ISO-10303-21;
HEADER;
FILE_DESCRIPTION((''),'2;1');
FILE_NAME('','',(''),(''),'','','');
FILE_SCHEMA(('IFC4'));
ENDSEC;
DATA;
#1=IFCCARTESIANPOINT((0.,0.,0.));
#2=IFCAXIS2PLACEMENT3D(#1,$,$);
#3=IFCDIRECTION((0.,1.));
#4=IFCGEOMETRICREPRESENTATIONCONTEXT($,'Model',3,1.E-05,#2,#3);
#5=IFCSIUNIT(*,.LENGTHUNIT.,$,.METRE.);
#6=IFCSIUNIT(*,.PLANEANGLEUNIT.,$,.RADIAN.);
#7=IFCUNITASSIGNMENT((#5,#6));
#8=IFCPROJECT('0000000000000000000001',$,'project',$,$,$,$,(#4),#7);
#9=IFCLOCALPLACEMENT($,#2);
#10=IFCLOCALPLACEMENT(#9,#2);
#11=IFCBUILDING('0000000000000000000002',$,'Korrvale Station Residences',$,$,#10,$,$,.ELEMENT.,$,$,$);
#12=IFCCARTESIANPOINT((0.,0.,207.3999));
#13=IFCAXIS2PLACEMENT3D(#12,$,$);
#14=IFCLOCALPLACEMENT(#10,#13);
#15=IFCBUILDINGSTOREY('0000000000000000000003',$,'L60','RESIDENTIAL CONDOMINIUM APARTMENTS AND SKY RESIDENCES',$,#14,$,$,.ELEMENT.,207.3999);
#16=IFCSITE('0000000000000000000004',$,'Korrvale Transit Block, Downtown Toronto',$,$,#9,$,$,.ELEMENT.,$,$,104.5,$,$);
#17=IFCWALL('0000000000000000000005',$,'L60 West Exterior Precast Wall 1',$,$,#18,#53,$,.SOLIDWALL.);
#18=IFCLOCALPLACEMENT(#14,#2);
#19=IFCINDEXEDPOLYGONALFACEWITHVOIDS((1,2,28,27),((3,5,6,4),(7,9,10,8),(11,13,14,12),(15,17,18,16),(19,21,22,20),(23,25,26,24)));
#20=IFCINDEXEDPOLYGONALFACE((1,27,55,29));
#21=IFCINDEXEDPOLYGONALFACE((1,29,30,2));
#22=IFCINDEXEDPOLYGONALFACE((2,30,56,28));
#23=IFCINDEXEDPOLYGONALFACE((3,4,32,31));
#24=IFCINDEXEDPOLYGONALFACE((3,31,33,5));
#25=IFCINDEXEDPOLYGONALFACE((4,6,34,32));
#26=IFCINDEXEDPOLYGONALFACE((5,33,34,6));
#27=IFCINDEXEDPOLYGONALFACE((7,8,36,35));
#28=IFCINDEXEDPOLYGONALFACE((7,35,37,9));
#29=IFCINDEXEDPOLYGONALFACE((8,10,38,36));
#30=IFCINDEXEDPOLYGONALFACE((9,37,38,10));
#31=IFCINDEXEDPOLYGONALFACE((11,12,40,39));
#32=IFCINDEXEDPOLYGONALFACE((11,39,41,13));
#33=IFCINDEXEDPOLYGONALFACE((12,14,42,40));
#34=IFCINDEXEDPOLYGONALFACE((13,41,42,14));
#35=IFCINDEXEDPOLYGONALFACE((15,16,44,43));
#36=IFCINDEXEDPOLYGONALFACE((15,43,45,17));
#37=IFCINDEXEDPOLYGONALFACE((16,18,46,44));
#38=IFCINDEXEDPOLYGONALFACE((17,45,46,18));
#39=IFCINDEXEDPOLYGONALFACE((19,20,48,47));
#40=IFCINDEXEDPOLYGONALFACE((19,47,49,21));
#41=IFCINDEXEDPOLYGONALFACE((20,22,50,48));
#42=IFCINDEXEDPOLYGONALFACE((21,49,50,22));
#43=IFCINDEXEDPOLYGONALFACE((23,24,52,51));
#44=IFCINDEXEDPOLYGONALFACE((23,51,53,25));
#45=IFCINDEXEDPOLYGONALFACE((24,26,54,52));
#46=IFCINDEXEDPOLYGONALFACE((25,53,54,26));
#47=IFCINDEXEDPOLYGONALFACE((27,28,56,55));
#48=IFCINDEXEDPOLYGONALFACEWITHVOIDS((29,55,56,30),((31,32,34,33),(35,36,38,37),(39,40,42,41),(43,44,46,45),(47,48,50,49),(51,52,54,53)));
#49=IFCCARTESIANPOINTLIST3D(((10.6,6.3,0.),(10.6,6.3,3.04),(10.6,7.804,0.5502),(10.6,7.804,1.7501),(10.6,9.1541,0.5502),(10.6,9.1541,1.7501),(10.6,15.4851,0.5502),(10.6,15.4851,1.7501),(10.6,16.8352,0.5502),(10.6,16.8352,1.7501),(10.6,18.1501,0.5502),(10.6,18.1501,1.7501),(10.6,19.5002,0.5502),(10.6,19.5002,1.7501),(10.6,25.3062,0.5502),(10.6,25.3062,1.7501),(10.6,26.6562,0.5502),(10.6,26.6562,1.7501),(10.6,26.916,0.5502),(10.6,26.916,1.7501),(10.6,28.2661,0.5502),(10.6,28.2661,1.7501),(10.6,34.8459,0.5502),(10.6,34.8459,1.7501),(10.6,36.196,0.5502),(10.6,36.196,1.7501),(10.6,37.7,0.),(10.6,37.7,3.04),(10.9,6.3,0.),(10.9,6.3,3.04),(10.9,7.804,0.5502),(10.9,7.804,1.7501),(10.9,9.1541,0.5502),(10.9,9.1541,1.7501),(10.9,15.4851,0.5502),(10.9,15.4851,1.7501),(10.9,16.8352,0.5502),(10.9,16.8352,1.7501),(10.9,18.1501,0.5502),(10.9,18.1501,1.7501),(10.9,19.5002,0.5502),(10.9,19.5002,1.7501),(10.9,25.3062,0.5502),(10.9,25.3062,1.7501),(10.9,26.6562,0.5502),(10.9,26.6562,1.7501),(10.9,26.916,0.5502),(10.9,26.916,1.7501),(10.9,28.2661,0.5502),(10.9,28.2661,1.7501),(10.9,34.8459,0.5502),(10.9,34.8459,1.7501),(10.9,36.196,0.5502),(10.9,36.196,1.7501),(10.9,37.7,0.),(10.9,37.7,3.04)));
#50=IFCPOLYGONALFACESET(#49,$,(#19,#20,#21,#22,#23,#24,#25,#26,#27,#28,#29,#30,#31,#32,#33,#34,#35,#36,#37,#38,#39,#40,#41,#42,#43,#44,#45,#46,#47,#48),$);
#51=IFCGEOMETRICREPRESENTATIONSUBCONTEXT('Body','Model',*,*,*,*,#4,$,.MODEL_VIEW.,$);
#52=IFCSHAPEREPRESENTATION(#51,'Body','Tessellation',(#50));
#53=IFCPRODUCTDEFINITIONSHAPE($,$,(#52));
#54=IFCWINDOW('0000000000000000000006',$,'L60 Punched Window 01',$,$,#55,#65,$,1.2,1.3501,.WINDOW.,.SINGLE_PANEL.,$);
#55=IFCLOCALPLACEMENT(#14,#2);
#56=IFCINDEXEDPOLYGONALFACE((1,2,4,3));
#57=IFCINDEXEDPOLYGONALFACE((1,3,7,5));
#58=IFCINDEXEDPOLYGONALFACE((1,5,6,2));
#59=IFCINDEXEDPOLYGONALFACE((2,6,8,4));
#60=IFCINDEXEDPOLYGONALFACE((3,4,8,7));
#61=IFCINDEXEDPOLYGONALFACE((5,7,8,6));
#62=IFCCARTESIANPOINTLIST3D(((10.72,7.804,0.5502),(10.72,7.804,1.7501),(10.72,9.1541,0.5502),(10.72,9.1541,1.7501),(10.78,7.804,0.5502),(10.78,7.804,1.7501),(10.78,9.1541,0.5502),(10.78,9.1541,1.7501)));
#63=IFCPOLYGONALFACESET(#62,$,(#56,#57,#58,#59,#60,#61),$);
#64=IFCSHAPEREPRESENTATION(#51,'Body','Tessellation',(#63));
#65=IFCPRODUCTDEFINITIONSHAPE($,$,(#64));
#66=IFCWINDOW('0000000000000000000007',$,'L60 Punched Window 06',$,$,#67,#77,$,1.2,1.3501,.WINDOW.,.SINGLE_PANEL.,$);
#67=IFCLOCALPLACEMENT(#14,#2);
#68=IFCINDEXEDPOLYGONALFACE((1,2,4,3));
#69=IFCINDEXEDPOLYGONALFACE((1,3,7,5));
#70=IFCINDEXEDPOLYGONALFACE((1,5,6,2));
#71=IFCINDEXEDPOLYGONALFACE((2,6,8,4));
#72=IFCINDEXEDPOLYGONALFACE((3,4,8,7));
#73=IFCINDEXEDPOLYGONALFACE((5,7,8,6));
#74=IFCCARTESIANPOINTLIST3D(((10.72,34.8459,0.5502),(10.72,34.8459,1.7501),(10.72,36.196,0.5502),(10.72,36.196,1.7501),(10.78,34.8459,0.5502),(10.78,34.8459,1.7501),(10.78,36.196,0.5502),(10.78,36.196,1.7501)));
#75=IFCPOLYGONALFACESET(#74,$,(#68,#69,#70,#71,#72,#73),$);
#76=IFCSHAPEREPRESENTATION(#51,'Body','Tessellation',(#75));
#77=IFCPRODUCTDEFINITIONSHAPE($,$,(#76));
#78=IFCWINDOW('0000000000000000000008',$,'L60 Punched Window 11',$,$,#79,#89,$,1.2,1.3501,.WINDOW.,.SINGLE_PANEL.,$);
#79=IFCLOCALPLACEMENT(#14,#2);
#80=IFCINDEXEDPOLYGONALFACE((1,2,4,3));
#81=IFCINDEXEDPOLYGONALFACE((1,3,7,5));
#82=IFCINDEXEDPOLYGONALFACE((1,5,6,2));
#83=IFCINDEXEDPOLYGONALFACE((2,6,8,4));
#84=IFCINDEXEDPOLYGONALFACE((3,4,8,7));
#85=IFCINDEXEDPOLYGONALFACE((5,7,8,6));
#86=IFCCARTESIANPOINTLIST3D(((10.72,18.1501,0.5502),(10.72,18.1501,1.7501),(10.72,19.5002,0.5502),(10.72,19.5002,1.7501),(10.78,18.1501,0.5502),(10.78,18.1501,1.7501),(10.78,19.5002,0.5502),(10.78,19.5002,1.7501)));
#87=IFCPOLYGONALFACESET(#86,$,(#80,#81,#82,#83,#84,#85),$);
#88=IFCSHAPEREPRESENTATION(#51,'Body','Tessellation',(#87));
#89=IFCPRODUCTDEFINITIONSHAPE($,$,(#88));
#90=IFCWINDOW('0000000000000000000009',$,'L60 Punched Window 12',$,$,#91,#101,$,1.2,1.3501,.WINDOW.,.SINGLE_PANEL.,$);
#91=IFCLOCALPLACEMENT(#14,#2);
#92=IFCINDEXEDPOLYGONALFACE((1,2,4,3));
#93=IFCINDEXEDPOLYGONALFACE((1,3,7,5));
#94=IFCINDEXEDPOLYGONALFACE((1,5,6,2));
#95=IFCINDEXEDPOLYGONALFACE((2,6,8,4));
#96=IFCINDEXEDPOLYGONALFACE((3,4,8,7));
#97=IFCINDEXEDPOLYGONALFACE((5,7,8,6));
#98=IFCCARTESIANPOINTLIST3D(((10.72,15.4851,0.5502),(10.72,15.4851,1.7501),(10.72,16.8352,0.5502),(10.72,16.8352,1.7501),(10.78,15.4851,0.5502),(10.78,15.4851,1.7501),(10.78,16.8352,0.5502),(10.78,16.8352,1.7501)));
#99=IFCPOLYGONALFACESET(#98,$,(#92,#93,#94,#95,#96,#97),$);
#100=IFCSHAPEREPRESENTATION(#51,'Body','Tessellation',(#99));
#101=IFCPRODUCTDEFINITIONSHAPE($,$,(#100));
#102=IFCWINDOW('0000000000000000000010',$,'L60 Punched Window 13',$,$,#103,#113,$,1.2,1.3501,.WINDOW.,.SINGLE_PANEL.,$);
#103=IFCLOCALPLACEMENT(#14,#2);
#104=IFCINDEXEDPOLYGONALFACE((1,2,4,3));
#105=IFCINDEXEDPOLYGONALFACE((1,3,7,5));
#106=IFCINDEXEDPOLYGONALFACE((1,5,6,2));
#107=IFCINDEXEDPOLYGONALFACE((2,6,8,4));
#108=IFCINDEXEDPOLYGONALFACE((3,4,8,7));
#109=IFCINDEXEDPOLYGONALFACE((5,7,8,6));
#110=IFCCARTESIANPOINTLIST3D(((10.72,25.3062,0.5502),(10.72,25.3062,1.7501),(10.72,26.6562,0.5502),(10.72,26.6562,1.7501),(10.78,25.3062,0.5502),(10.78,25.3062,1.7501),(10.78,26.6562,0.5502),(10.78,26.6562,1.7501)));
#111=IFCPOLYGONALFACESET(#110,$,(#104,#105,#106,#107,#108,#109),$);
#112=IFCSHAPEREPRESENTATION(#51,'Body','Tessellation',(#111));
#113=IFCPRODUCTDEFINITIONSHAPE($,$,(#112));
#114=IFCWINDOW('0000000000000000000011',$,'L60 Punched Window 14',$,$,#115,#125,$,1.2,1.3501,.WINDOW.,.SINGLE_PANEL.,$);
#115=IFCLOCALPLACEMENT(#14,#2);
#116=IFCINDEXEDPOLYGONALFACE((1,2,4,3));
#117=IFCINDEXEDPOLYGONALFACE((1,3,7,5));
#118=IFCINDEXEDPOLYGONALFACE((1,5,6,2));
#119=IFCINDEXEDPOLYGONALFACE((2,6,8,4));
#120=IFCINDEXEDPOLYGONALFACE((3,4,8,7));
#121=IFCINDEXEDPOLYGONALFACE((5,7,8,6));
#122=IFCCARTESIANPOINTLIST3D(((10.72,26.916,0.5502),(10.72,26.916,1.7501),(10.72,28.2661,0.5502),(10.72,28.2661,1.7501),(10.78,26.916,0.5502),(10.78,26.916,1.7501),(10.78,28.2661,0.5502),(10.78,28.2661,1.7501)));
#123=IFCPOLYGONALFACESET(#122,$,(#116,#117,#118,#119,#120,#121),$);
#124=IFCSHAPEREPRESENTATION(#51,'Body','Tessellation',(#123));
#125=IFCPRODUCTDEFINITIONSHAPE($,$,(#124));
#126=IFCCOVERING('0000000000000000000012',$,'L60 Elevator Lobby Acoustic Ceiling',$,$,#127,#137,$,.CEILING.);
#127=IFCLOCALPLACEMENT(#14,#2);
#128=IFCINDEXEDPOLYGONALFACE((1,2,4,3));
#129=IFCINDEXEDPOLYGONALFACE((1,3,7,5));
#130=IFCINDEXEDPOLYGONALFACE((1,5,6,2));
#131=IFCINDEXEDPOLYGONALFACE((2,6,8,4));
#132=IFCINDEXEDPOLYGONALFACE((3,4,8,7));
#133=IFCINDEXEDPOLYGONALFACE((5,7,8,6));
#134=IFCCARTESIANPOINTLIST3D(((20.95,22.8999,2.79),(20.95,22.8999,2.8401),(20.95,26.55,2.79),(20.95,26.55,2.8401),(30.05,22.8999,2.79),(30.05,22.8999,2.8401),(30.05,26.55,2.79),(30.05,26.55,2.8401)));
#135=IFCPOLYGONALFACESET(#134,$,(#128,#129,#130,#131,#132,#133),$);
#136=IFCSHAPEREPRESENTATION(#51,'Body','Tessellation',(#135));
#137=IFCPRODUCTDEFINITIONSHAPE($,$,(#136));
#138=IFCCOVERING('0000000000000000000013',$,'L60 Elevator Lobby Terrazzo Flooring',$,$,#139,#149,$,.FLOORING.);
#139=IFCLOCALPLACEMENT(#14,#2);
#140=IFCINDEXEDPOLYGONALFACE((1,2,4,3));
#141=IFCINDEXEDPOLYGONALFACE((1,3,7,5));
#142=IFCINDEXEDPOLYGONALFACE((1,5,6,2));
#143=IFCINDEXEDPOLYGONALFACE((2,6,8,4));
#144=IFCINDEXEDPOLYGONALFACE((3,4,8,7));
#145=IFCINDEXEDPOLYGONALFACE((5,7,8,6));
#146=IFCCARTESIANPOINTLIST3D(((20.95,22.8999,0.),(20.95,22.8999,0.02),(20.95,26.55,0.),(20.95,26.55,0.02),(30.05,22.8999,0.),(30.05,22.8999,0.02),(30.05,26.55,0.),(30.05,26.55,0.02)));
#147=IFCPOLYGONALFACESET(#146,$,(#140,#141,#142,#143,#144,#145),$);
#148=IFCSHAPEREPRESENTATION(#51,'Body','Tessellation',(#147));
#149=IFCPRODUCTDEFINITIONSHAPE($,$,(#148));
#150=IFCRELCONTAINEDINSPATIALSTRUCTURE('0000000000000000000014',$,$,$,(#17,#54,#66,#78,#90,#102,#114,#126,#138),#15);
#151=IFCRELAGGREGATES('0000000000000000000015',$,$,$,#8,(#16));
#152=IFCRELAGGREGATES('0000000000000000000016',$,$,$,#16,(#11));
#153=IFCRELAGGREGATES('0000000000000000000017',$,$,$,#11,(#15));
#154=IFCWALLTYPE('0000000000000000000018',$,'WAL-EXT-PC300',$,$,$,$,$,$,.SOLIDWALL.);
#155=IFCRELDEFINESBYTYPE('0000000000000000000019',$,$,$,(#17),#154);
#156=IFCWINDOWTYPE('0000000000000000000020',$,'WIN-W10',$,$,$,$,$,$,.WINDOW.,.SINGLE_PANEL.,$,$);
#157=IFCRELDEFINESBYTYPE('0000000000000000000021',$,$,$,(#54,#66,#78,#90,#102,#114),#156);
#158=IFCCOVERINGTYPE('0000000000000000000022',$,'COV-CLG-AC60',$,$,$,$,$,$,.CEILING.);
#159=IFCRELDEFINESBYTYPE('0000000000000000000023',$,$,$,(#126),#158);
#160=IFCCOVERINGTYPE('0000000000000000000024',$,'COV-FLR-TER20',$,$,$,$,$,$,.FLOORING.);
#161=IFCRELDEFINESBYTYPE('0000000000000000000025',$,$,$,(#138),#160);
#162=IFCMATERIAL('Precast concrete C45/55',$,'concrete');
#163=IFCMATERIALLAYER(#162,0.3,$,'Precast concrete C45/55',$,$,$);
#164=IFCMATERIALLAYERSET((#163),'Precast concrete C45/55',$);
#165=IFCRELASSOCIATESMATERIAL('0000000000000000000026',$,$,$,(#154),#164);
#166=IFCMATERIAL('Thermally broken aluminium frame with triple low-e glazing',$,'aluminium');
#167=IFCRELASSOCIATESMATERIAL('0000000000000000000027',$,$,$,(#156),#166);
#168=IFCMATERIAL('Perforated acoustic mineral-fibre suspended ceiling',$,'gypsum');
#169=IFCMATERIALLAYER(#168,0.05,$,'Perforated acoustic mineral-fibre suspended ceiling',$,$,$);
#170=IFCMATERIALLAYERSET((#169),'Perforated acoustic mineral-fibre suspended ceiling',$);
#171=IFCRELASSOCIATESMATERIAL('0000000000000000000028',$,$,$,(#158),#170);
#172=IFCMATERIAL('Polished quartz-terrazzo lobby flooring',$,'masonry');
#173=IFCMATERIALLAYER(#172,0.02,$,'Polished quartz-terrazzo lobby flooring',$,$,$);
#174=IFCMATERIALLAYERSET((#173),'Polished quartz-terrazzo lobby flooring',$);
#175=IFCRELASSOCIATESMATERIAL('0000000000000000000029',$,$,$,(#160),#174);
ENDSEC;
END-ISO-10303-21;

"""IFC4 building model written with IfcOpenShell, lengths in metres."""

from ifc_helpers import new_model, si_unit, direction, frame, frame_2d, origin, place, context, subcontext, project, spatial, polyline, rectangle, outline, extrude, material, layer, layer_set, type_object, element, fill, save


model = new_model("IFC4")

# Units and contexts
model_context = context("Model", 3, precision=1e-05, world=origin(), true_north=direction((0.0, 1.0)))
body_context = subcontext(model_context, "Body", "Model", "MODEL_VIEW")
ifc_project = project(units=[si_unit("LENGTHUNIT", "METRE"), si_unit("PLANEANGLEUNIT", "RADIAN")], contexts=[model_context])

# Site, building, storey
site_placement = place(None, origin())
site = spatial("IfcSite", under=ifc_project, at=site_placement, Name="Korrvale Transit Block, Downtown Toronto", CompositionType="ELEMENT", RefElevation=104.5)
building_placement = place(site_placement, origin())
building = spatial("IfcBuilding", under=site, at=building_placement, Name="Korrvale Station Residences", CompositionType="ELEMENT")
storey_placement = place(building_placement, frame((0.0, 0.0, 207.3999)))
storey = spatial("IfcBuildingStorey", under=building, at=storey_placement, Name="L60", Description="RESIDENTIAL CONDOMINIUM APARTMENTS AND SKY RESIDENCES", CompositionType="ELEMENT", Elevation=207.3999)

# Shared definitions
ifc_material_1 = material(Name="Precast concrete C45/55", Category="concrete")
ifc_layer_1 = layer(ifc_material_1, 0.3, Name="Precast concrete C45/55")
ifc_layer_set_1 = layer_set([ifc_layer_1], Name="Precast concrete C45/55")
wall_type_1 = type_object("IfcWallType", Name="WAL-EXT-PC300", PredefinedType="SOLIDWALL", material=ifc_layer_set_1)

# Wall, openings, windows
wall_1_placement = place(storey_placement, frame((10.75, 6.3, 0.0), z_axis=(0.0, 0.0, 1.0), x_axis=(0.0, 1.0, 0.0)))
wall_1 = element("IfcWall", 1, at=wall_1_placement, inside=storey, type_object=wall_type_1, Name="L60 West Exterior Precast Wall 1", PredefinedType="SOLIDWALL", context=body_context, shape_type="SweptSolid", body=[
    extrude(rectangle(XDim=31.3999, YDim=0.3, at=frame_2d((15.7, 0.0))), origin(), (0.0, 0.0, 1.0), 3.04),
])
opening_1_placement = place(wall_1_placement, frame((1.5039, 0.0, 0.55)))
opening_1 = element("IfcOpeningElement", 2, at=opening_1_placement, cuts=wall_1, PredefinedType="OPENING", context=body_context, shape_type="SweptSolid", body=[
    extrude(rectangle(XDim=1.3501, YDim=1.2, at=frame_2d((0.675, 0.6001))), frame((0.0, 0.1602, 0.0), z_axis=(0.0, -1.0, 0.0), x_axis=(1.0, 0.0, 0.0)), (0.0, 0.0, 1.0), 0.3201),
])
opening_2_placement = place(wall_1_placement, frame((28.5459, 0.0, 0.55)))
opening_2 = element("IfcOpeningElement", 3, at=opening_2_placement, cuts=wall_1, PredefinedType="OPENING", context=body_context, shape_type="SweptSolid", body=[
    extrude(rectangle(XDim=1.3501, YDim=1.2, at=frame_2d((0.675, 0.6001))), frame((0.0, 0.1602, 0.0), z_axis=(0.0, -1.0, 0.0), x_axis=(1.0, 0.0, 0.0)), (0.0, 0.0, 1.0), 0.3201),
])
opening_3_placement = place(wall_1_placement, frame((11.8501, 0.0, 0.55)))
opening_3 = element("IfcOpeningElement", 4, at=opening_3_placement, cuts=wall_1, PredefinedType="OPENING", context=body_context, shape_type="SweptSolid", body=[
    extrude(rectangle(XDim=1.3501, YDim=1.2, at=frame_2d((0.675, 0.6001))), frame((0.0, 0.1602, 0.0), z_axis=(0.0, -1.0, 0.0), x_axis=(1.0, 0.0, 0.0)), (0.0, 0.0, 1.0), 0.3201),
])
opening_4_placement = place(wall_1_placement, frame((9.1851, 0.0, 0.55)))
opening_4 = element("IfcOpeningElement", 5, at=opening_4_placement, cuts=wall_1, PredefinedType="OPENING", context=body_context, shape_type="SweptSolid", body=[
    extrude(rectangle(XDim=1.3501, YDim=1.2, at=frame_2d((0.675, 0.6001))), frame((0.0, 0.1602, 0.0), z_axis=(0.0, -1.0, 0.0), x_axis=(1.0, 0.0, 0.0)), (0.0, 0.0, 1.0), 0.3201),
])
opening_5_placement = place(wall_1_placement, frame((19.0061, 0.0, 0.55)))
opening_5 = element("IfcOpeningElement", 6, at=opening_5_placement, cuts=wall_1, PredefinedType="OPENING", context=body_context, shape_type="SweptSolid", body=[
    extrude(rectangle(XDim=1.3501, YDim=1.2, at=frame_2d((0.675, 0.6001))), frame((0.0, 0.1602, 0.0), z_axis=(0.0, -1.0, 0.0), x_axis=(1.0, 0.0, 0.0)), (0.0, 0.0, 1.0), 0.3201),
])
opening_6_placement = place(wall_1_placement, frame((20.616, 0.0, 0.55)))
opening_6 = element("IfcOpeningElement", 7, at=opening_6_placement, cuts=wall_1, PredefinedType="OPENING", context=body_context, shape_type="SweptSolid", body=[
    extrude(rectangle(XDim=1.3501, YDim=1.2, at=frame_2d((0.675, 0.6001))), frame((0.0, 0.1602, 0.0), z_axis=(0.0, -1.0, 0.0), x_axis=(1.0, 0.0, 0.0)), (0.0, 0.0, 1.0), 0.3201),
])
ifc_material_2 = material(Name="Thermally broken aluminium frame with triple low-e glazing", Category="aluminium")
window_type = type_object("IfcWindowType", Name="WIN-W10", PartitioningType="SINGLE_PANEL", PredefinedType="WINDOW", material=ifc_material_2)
window_1_placement = place(opening_1_placement, origin())
window_1 = element("IfcWindow", 8, at=window_1_placement, inside=storey, type_object=window_type, Name="L60 Punched Window 01", OverallHeight=1.2, OverallWidth=1.3501, PartitioningType="SINGLE_PANEL", PredefinedType="WINDOW", context=body_context, shape_type="SweptSolid", body=[
    extrude(rectangle(XDim=1.3501, YDim=1.2, at=frame_2d((0.675, 0.6001))), frame((0.0, 0.03, 0.0), z_axis=(0.0, -1.0, 0.0), x_axis=(1.0, 0.0, 0.0)), (0.0, 0.0, 1.0), 0.0601),
])
fill(opening_1, window_1)
window_2_placement = place(opening_2_placement, origin())
window_2 = element("IfcWindow", 9, at=window_2_placement, inside=storey, type_object=window_type, Name="L60 Punched Window 06", OverallHeight=1.2, OverallWidth=1.3501, PartitioningType="SINGLE_PANEL", PredefinedType="WINDOW", context=body_context, shape_type="SweptSolid", body=[
    extrude(rectangle(XDim=1.3501, YDim=1.2, at=frame_2d((0.675, 0.6001))), frame((0.0, 0.03, 0.0), z_axis=(0.0, -1.0, 0.0), x_axis=(1.0, 0.0, 0.0)), (0.0, 0.0, 1.0), 0.0601),
])
fill(opening_2, window_2)
window_3_placement = place(opening_3_placement, origin())
window_3 = element("IfcWindow", 10, at=window_3_placement, inside=storey, type_object=window_type, Name="L60 Punched Window 11", OverallHeight=1.2, OverallWidth=1.3501, PartitioningType="SINGLE_PANEL", PredefinedType="WINDOW", context=body_context, shape_type="SweptSolid", body=[
    extrude(rectangle(XDim=1.3501, YDim=1.2, at=frame_2d((0.675, 0.6001))), frame((0.0, 0.03, 0.0), z_axis=(0.0, -1.0, 0.0), x_axis=(1.0, 0.0, 0.0)), (0.0, 0.0, 1.0), 0.0601),
])
fill(opening_3, window_3)
window_4_placement = place(opening_4_placement, origin())
window_4 = element("IfcWindow", 11, at=window_4_placement, inside=storey, type_object=window_type, Name="L60 Punched Window 12", OverallHeight=1.2, OverallWidth=1.3501, PartitioningType="SINGLE_PANEL", PredefinedType="WINDOW", context=body_context, shape_type="SweptSolid", body=[
    extrude(rectangle(XDim=1.3501, YDim=1.2, at=frame_2d((0.675, 0.6001))), frame((0.0, 0.03, 0.0), z_axis=(0.0, -1.0, 0.0), x_axis=(1.0, 0.0, 0.0)), (0.0, 0.0, 1.0), 0.0601),
])
fill(opening_4, window_4)
window_5_placement = place(opening_5_placement, origin())
window_5 = element("IfcWindow", 12, at=window_5_placement, inside=storey, type_object=window_type, Name="L60 Punched Window 13", OverallHeight=1.2, OverallWidth=1.3501, PartitioningType="SINGLE_PANEL", PredefinedType="WINDOW", context=body_context, shape_type="SweptSolid", body=[
    extrude(rectangle(XDim=1.3501, YDim=1.2, at=frame_2d((0.675, 0.6001))), frame((0.0, 0.03, 0.0), z_axis=(0.0, -1.0, 0.0), x_axis=(1.0, 0.0, 0.0)), (0.0, 0.0, 1.0), 0.0601),
])
fill(opening_5, window_5)
window_6_placement = place(opening_6_placement, origin())
window_6 = element("IfcWindow", 13, at=window_6_placement, inside=storey, type_object=window_type, Name="L60 Punched Window 14", OverallHeight=1.2, OverallWidth=1.3501, PartitioningType="SINGLE_PANEL", PredefinedType="WINDOW", context=body_context, shape_type="SweptSolid", body=[
    extrude(rectangle(XDim=1.3501, YDim=1.2, at=frame_2d((0.675, 0.6001))), frame((0.0, 0.03, 0.0), z_axis=(0.0, -1.0, 0.0), x_axis=(1.0, 0.0, 0.0)), (0.0, 0.0, 1.0), 0.0601),
])
fill(opening_6, window_6)

# Coverings
ifc_material_3 = material(Name="Perforated acoustic mineral-fibre suspended ceiling", Category="gypsum")
ifc_layer_2 = layer(ifc_material_3, 0.05, Name="Perforated acoustic mineral-fibre suspended ceiling")
ifc_layer_set_2 = layer_set([ifc_layer_2], Name="Perforated acoustic mineral-fibre suspended ceiling")
covering_type_1 = type_object("IfcCoveringType", Name="COV-CLG-AC60", PredefinedType="CEILING", material=ifc_layer_set_2)
covering_1_placement = place(storey_placement, frame((0.0, 0.0, 2.79)))
element("IfcCovering", 14, at=covering_1_placement, inside=storey, type_object=covering_type_1, Name="L60 Elevator Lobby Acoustic Ceiling", PredefinedType="CEILING", context=body_context, shape_type="SweptSolid", body=[
    extrude(outline(polyline([(20.95, 22.8999), (30.05, 22.8999), (30.05, 26.55), (20.95, 26.55), (20.95, 22.8999)])), origin(), (0.0, 0.0, 1.0), 0.05),
])
ifc_material_4 = material(Name="Polished quartz-terrazzo lobby flooring", Category="masonry")
ifc_layer_3 = layer(ifc_material_4, 0.02, Name="Polished quartz-terrazzo lobby flooring")
ifc_layer_set_3 = layer_set([ifc_layer_3], Name="Polished quartz-terrazzo lobby flooring")
covering_type_2 = type_object("IfcCoveringType", Name="COV-FLR-TER20", PredefinedType="FLOORING", material=ifc_layer_set_3)
covering_2_placement = place(storey_placement, origin())
element("IfcCovering", 15, at=covering_2_placement, inside=storey, type_object=covering_type_2, Name="L60 Elevator Lobby Terrazzo Flooring", PredefinedType="FLOORING", context=body_context, shape_type="SweptSolid", body=[
    extrude(outline(polyline([(20.95, 22.8999), (30.05, 22.8999), (30.05, 26.55), (20.95, 26.55), (20.95, 22.8999)])), origin(), (0.0, 0.0, 1.0), 0.02),
])

save(model, "model.ifc")
